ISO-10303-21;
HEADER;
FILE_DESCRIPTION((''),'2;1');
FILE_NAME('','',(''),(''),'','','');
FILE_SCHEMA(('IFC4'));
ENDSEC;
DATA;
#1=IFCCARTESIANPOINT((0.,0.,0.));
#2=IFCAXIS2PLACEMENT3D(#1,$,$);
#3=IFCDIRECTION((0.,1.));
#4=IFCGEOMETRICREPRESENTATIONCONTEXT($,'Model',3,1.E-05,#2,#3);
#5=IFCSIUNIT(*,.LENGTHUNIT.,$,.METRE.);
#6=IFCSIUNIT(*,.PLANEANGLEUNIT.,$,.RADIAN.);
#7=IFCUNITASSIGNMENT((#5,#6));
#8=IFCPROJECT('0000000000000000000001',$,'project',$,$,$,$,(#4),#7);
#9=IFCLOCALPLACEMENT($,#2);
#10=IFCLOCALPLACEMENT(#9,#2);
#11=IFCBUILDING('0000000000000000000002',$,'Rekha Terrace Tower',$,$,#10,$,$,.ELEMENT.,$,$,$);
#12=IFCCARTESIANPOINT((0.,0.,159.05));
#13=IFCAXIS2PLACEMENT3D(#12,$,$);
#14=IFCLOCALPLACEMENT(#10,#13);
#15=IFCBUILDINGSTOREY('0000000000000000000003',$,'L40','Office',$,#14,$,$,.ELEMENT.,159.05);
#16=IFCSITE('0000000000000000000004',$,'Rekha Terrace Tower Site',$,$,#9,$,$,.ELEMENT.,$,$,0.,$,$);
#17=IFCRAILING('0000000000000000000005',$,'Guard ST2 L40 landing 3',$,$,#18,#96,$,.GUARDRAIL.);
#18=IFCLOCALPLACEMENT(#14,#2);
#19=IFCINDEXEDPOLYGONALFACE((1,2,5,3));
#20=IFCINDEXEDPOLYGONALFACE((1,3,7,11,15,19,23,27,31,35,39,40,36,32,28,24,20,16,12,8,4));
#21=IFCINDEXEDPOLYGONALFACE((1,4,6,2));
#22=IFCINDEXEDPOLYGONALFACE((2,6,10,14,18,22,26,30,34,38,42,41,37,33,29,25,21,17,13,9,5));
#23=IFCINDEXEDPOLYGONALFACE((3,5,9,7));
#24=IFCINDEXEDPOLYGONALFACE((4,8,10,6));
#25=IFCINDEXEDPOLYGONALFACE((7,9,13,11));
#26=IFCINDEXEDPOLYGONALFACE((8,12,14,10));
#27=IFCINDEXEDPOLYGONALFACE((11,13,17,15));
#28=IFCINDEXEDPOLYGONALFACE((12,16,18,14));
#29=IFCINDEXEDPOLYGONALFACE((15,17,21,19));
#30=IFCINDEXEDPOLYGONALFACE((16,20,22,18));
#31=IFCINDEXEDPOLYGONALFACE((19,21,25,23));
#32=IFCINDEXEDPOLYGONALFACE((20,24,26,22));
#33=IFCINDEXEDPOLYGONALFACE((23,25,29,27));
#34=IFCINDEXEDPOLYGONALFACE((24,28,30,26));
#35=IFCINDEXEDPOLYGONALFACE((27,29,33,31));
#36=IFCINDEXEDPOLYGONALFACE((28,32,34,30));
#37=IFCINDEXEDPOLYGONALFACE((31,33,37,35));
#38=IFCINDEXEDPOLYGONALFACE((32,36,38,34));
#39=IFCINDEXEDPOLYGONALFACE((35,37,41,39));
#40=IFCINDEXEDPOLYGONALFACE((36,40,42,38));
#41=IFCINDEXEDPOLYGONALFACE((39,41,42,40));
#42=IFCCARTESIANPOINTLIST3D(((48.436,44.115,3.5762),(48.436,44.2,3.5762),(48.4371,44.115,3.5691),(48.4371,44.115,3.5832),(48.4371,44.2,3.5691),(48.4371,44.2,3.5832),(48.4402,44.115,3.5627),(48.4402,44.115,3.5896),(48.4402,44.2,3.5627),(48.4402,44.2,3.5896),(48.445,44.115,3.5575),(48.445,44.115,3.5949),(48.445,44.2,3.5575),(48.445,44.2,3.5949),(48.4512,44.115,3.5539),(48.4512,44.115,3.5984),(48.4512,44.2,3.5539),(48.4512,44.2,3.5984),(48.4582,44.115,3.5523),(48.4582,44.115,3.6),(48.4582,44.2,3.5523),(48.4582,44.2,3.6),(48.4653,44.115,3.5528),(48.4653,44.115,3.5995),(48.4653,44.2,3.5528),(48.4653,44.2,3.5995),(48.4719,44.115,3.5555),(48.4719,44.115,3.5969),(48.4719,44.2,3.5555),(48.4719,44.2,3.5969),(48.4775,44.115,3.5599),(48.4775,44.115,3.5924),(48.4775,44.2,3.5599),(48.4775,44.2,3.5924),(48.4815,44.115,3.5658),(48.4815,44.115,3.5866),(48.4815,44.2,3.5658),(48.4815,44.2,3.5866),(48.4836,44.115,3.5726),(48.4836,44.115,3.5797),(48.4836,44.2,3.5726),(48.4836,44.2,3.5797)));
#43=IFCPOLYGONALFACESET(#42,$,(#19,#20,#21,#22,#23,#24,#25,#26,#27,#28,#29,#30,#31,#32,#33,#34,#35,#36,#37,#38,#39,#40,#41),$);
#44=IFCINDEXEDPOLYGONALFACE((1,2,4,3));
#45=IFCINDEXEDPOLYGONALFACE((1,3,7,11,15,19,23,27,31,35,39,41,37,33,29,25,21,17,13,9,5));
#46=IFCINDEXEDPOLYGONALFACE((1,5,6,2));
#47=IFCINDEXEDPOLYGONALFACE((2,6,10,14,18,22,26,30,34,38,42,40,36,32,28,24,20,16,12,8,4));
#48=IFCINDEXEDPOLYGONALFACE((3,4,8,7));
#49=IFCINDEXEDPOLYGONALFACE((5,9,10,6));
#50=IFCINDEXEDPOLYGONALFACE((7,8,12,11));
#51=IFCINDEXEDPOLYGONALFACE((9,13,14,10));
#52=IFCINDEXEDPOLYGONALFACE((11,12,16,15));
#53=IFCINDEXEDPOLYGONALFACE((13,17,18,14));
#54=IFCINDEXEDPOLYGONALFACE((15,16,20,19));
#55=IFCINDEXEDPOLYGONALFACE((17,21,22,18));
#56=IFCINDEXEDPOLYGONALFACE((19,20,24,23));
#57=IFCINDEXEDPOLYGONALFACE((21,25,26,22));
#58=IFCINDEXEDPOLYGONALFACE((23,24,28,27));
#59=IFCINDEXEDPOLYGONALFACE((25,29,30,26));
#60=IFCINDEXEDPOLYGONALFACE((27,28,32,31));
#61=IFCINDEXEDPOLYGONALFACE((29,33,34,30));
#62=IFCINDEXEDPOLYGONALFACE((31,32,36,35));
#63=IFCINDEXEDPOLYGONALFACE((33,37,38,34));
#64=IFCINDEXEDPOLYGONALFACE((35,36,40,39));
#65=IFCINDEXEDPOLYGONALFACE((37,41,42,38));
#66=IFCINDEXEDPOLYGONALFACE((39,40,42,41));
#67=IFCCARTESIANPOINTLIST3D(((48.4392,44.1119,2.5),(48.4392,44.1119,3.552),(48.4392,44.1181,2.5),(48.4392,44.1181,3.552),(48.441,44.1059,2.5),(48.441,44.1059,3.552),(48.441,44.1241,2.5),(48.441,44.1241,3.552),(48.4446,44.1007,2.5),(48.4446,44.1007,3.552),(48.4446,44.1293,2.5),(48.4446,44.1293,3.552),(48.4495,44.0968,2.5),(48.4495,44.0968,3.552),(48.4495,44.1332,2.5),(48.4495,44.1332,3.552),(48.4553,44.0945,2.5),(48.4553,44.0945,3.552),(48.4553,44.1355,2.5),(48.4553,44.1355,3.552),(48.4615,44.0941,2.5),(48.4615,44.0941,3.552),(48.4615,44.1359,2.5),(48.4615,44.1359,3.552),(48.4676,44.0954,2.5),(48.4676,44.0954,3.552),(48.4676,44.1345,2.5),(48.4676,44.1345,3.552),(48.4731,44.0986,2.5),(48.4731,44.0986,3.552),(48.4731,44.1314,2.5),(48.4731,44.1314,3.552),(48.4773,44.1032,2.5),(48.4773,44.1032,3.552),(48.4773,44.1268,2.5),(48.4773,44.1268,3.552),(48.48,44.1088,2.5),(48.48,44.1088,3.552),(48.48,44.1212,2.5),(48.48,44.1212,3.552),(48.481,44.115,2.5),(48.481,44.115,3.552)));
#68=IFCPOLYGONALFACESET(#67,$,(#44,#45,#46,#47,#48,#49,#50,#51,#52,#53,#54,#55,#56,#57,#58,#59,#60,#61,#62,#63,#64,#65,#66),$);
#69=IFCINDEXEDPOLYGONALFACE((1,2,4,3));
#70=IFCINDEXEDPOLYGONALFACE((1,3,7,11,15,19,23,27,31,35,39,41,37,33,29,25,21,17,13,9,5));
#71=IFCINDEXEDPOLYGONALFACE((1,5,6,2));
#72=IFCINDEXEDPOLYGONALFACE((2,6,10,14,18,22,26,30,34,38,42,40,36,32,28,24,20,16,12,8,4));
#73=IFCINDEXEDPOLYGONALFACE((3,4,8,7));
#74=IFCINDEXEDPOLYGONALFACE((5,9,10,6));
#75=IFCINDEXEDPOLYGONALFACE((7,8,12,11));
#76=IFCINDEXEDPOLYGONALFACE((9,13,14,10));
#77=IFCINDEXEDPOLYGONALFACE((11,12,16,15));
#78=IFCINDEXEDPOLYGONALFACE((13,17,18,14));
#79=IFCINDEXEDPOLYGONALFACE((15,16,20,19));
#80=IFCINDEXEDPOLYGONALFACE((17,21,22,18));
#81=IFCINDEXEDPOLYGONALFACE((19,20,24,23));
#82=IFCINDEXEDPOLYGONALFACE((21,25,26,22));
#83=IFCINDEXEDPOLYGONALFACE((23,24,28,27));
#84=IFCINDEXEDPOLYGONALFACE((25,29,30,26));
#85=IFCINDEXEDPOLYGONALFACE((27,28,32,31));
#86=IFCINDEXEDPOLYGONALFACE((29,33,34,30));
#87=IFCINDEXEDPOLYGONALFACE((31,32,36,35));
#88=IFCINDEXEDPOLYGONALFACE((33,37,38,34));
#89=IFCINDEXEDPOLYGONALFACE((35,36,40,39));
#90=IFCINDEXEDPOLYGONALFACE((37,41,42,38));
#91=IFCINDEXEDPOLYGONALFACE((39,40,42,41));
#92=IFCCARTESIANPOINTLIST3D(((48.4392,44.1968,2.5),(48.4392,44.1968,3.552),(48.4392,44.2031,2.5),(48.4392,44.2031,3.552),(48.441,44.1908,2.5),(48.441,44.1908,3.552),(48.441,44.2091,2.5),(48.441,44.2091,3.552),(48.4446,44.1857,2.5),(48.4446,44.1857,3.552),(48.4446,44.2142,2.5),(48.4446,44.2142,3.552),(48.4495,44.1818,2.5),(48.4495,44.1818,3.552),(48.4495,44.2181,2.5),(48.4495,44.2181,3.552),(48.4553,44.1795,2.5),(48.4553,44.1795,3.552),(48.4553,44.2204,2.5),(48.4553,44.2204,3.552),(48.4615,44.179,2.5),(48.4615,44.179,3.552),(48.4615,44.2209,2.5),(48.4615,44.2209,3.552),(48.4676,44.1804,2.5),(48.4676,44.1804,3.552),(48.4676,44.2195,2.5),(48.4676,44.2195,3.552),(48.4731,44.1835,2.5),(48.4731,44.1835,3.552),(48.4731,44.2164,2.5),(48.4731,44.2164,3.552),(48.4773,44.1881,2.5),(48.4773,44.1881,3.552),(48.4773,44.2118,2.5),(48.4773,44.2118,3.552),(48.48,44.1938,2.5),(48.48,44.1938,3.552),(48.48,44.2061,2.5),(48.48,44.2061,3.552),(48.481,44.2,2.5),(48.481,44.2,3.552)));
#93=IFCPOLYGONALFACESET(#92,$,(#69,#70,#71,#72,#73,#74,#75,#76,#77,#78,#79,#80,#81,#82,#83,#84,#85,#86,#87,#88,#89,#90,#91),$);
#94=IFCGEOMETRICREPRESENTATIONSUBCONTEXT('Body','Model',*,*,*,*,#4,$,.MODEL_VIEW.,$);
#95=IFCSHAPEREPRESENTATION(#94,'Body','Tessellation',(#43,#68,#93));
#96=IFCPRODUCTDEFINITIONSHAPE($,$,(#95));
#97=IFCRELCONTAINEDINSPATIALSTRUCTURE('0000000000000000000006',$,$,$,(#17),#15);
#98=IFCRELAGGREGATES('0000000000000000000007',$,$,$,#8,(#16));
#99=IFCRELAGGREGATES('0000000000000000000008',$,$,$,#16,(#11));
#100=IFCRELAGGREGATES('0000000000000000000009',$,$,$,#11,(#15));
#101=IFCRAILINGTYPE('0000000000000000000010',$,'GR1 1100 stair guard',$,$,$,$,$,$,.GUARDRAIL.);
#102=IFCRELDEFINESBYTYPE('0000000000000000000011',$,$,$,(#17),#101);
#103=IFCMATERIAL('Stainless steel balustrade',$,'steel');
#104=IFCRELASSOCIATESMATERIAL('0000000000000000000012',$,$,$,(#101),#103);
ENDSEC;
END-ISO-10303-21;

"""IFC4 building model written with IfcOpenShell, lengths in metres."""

from ifc_helpers import new_model, si_unit, direction, frame, origin, origin_2d, place, context, subcontext, project, spatial, circle, extrude, material, type_object, element, save


model = new_model("IFC4")

# Units and contexts
model_context = context("Model", 3, precision=1e-05, world=origin(), true_north=direction((0.0, 1.0)))
body_context = subcontext(model_context, "Body", "Model", "MODEL_VIEW")
ifc_project = project(units=[si_unit("LENGTHUNIT", "METRE"), si_unit("PLANEANGLEUNIT", "RADIAN")], contexts=[model_context])

# Site, building, storey
site_placement = place(None, origin())
site = spatial("IfcSite", under=ifc_project, at=site_placement, Name="Rekha Terrace Tower Site", CompositionType="ELEMENT", RefElevation=0.0)
building_placement = place(site_placement, origin())
building = spatial("IfcBuilding", under=site, at=building_placement, Name="Rekha Terrace Tower", CompositionType="ELEMENT")
storey_placement = place(building_placement, frame((0.0, 0.0, 159.05)))
storey = spatial("IfcBuildingStorey", under=building, at=storey_placement, Name="L40", Description="Office", CompositionType="ELEMENT", Elevation=159.05)

# Railing
ifc_material_1 = material(Name="Stainless steel balustrade", Category="steel")
railing_type_1 = type_object("IfcRailingType", Name="GR1 1100 stair guard", PredefinedType="GUARDRAIL", material=ifc_material_1)
railing_1_placement = place(storey_placement, frame((48.46, 44.115, 2.5)))
element("IfcRailing", 1, at=railing_1_placement, inside=storey, type_object=railing_type_1, Name="Guard ST2 L40 landing 3", PredefinedType="GUARDRAIL", context=body_context, shape_type="SweptSolid", body=[
    extrude(circle(Radius=0.0239, at=origin_2d()), frame((0.0, 0.0, 1.0762), z_axis=(0.0, 1.0, 0.0), x_axis=(-1.0, 0.0, 0.0)), (0.0, 0.0, 1.0), 0.085),
    extrude(circle(Radius=0.021, at=origin_2d()), origin(), (0.0, 0.0, 1.0), 1.052),
    extrude(circle(Radius=0.021, at=origin_2d()), frame((0.0, 0.085, 0.0)), (0.0, 0.0, 1.0), 1.052),
])

save(model, "model.ifc")
